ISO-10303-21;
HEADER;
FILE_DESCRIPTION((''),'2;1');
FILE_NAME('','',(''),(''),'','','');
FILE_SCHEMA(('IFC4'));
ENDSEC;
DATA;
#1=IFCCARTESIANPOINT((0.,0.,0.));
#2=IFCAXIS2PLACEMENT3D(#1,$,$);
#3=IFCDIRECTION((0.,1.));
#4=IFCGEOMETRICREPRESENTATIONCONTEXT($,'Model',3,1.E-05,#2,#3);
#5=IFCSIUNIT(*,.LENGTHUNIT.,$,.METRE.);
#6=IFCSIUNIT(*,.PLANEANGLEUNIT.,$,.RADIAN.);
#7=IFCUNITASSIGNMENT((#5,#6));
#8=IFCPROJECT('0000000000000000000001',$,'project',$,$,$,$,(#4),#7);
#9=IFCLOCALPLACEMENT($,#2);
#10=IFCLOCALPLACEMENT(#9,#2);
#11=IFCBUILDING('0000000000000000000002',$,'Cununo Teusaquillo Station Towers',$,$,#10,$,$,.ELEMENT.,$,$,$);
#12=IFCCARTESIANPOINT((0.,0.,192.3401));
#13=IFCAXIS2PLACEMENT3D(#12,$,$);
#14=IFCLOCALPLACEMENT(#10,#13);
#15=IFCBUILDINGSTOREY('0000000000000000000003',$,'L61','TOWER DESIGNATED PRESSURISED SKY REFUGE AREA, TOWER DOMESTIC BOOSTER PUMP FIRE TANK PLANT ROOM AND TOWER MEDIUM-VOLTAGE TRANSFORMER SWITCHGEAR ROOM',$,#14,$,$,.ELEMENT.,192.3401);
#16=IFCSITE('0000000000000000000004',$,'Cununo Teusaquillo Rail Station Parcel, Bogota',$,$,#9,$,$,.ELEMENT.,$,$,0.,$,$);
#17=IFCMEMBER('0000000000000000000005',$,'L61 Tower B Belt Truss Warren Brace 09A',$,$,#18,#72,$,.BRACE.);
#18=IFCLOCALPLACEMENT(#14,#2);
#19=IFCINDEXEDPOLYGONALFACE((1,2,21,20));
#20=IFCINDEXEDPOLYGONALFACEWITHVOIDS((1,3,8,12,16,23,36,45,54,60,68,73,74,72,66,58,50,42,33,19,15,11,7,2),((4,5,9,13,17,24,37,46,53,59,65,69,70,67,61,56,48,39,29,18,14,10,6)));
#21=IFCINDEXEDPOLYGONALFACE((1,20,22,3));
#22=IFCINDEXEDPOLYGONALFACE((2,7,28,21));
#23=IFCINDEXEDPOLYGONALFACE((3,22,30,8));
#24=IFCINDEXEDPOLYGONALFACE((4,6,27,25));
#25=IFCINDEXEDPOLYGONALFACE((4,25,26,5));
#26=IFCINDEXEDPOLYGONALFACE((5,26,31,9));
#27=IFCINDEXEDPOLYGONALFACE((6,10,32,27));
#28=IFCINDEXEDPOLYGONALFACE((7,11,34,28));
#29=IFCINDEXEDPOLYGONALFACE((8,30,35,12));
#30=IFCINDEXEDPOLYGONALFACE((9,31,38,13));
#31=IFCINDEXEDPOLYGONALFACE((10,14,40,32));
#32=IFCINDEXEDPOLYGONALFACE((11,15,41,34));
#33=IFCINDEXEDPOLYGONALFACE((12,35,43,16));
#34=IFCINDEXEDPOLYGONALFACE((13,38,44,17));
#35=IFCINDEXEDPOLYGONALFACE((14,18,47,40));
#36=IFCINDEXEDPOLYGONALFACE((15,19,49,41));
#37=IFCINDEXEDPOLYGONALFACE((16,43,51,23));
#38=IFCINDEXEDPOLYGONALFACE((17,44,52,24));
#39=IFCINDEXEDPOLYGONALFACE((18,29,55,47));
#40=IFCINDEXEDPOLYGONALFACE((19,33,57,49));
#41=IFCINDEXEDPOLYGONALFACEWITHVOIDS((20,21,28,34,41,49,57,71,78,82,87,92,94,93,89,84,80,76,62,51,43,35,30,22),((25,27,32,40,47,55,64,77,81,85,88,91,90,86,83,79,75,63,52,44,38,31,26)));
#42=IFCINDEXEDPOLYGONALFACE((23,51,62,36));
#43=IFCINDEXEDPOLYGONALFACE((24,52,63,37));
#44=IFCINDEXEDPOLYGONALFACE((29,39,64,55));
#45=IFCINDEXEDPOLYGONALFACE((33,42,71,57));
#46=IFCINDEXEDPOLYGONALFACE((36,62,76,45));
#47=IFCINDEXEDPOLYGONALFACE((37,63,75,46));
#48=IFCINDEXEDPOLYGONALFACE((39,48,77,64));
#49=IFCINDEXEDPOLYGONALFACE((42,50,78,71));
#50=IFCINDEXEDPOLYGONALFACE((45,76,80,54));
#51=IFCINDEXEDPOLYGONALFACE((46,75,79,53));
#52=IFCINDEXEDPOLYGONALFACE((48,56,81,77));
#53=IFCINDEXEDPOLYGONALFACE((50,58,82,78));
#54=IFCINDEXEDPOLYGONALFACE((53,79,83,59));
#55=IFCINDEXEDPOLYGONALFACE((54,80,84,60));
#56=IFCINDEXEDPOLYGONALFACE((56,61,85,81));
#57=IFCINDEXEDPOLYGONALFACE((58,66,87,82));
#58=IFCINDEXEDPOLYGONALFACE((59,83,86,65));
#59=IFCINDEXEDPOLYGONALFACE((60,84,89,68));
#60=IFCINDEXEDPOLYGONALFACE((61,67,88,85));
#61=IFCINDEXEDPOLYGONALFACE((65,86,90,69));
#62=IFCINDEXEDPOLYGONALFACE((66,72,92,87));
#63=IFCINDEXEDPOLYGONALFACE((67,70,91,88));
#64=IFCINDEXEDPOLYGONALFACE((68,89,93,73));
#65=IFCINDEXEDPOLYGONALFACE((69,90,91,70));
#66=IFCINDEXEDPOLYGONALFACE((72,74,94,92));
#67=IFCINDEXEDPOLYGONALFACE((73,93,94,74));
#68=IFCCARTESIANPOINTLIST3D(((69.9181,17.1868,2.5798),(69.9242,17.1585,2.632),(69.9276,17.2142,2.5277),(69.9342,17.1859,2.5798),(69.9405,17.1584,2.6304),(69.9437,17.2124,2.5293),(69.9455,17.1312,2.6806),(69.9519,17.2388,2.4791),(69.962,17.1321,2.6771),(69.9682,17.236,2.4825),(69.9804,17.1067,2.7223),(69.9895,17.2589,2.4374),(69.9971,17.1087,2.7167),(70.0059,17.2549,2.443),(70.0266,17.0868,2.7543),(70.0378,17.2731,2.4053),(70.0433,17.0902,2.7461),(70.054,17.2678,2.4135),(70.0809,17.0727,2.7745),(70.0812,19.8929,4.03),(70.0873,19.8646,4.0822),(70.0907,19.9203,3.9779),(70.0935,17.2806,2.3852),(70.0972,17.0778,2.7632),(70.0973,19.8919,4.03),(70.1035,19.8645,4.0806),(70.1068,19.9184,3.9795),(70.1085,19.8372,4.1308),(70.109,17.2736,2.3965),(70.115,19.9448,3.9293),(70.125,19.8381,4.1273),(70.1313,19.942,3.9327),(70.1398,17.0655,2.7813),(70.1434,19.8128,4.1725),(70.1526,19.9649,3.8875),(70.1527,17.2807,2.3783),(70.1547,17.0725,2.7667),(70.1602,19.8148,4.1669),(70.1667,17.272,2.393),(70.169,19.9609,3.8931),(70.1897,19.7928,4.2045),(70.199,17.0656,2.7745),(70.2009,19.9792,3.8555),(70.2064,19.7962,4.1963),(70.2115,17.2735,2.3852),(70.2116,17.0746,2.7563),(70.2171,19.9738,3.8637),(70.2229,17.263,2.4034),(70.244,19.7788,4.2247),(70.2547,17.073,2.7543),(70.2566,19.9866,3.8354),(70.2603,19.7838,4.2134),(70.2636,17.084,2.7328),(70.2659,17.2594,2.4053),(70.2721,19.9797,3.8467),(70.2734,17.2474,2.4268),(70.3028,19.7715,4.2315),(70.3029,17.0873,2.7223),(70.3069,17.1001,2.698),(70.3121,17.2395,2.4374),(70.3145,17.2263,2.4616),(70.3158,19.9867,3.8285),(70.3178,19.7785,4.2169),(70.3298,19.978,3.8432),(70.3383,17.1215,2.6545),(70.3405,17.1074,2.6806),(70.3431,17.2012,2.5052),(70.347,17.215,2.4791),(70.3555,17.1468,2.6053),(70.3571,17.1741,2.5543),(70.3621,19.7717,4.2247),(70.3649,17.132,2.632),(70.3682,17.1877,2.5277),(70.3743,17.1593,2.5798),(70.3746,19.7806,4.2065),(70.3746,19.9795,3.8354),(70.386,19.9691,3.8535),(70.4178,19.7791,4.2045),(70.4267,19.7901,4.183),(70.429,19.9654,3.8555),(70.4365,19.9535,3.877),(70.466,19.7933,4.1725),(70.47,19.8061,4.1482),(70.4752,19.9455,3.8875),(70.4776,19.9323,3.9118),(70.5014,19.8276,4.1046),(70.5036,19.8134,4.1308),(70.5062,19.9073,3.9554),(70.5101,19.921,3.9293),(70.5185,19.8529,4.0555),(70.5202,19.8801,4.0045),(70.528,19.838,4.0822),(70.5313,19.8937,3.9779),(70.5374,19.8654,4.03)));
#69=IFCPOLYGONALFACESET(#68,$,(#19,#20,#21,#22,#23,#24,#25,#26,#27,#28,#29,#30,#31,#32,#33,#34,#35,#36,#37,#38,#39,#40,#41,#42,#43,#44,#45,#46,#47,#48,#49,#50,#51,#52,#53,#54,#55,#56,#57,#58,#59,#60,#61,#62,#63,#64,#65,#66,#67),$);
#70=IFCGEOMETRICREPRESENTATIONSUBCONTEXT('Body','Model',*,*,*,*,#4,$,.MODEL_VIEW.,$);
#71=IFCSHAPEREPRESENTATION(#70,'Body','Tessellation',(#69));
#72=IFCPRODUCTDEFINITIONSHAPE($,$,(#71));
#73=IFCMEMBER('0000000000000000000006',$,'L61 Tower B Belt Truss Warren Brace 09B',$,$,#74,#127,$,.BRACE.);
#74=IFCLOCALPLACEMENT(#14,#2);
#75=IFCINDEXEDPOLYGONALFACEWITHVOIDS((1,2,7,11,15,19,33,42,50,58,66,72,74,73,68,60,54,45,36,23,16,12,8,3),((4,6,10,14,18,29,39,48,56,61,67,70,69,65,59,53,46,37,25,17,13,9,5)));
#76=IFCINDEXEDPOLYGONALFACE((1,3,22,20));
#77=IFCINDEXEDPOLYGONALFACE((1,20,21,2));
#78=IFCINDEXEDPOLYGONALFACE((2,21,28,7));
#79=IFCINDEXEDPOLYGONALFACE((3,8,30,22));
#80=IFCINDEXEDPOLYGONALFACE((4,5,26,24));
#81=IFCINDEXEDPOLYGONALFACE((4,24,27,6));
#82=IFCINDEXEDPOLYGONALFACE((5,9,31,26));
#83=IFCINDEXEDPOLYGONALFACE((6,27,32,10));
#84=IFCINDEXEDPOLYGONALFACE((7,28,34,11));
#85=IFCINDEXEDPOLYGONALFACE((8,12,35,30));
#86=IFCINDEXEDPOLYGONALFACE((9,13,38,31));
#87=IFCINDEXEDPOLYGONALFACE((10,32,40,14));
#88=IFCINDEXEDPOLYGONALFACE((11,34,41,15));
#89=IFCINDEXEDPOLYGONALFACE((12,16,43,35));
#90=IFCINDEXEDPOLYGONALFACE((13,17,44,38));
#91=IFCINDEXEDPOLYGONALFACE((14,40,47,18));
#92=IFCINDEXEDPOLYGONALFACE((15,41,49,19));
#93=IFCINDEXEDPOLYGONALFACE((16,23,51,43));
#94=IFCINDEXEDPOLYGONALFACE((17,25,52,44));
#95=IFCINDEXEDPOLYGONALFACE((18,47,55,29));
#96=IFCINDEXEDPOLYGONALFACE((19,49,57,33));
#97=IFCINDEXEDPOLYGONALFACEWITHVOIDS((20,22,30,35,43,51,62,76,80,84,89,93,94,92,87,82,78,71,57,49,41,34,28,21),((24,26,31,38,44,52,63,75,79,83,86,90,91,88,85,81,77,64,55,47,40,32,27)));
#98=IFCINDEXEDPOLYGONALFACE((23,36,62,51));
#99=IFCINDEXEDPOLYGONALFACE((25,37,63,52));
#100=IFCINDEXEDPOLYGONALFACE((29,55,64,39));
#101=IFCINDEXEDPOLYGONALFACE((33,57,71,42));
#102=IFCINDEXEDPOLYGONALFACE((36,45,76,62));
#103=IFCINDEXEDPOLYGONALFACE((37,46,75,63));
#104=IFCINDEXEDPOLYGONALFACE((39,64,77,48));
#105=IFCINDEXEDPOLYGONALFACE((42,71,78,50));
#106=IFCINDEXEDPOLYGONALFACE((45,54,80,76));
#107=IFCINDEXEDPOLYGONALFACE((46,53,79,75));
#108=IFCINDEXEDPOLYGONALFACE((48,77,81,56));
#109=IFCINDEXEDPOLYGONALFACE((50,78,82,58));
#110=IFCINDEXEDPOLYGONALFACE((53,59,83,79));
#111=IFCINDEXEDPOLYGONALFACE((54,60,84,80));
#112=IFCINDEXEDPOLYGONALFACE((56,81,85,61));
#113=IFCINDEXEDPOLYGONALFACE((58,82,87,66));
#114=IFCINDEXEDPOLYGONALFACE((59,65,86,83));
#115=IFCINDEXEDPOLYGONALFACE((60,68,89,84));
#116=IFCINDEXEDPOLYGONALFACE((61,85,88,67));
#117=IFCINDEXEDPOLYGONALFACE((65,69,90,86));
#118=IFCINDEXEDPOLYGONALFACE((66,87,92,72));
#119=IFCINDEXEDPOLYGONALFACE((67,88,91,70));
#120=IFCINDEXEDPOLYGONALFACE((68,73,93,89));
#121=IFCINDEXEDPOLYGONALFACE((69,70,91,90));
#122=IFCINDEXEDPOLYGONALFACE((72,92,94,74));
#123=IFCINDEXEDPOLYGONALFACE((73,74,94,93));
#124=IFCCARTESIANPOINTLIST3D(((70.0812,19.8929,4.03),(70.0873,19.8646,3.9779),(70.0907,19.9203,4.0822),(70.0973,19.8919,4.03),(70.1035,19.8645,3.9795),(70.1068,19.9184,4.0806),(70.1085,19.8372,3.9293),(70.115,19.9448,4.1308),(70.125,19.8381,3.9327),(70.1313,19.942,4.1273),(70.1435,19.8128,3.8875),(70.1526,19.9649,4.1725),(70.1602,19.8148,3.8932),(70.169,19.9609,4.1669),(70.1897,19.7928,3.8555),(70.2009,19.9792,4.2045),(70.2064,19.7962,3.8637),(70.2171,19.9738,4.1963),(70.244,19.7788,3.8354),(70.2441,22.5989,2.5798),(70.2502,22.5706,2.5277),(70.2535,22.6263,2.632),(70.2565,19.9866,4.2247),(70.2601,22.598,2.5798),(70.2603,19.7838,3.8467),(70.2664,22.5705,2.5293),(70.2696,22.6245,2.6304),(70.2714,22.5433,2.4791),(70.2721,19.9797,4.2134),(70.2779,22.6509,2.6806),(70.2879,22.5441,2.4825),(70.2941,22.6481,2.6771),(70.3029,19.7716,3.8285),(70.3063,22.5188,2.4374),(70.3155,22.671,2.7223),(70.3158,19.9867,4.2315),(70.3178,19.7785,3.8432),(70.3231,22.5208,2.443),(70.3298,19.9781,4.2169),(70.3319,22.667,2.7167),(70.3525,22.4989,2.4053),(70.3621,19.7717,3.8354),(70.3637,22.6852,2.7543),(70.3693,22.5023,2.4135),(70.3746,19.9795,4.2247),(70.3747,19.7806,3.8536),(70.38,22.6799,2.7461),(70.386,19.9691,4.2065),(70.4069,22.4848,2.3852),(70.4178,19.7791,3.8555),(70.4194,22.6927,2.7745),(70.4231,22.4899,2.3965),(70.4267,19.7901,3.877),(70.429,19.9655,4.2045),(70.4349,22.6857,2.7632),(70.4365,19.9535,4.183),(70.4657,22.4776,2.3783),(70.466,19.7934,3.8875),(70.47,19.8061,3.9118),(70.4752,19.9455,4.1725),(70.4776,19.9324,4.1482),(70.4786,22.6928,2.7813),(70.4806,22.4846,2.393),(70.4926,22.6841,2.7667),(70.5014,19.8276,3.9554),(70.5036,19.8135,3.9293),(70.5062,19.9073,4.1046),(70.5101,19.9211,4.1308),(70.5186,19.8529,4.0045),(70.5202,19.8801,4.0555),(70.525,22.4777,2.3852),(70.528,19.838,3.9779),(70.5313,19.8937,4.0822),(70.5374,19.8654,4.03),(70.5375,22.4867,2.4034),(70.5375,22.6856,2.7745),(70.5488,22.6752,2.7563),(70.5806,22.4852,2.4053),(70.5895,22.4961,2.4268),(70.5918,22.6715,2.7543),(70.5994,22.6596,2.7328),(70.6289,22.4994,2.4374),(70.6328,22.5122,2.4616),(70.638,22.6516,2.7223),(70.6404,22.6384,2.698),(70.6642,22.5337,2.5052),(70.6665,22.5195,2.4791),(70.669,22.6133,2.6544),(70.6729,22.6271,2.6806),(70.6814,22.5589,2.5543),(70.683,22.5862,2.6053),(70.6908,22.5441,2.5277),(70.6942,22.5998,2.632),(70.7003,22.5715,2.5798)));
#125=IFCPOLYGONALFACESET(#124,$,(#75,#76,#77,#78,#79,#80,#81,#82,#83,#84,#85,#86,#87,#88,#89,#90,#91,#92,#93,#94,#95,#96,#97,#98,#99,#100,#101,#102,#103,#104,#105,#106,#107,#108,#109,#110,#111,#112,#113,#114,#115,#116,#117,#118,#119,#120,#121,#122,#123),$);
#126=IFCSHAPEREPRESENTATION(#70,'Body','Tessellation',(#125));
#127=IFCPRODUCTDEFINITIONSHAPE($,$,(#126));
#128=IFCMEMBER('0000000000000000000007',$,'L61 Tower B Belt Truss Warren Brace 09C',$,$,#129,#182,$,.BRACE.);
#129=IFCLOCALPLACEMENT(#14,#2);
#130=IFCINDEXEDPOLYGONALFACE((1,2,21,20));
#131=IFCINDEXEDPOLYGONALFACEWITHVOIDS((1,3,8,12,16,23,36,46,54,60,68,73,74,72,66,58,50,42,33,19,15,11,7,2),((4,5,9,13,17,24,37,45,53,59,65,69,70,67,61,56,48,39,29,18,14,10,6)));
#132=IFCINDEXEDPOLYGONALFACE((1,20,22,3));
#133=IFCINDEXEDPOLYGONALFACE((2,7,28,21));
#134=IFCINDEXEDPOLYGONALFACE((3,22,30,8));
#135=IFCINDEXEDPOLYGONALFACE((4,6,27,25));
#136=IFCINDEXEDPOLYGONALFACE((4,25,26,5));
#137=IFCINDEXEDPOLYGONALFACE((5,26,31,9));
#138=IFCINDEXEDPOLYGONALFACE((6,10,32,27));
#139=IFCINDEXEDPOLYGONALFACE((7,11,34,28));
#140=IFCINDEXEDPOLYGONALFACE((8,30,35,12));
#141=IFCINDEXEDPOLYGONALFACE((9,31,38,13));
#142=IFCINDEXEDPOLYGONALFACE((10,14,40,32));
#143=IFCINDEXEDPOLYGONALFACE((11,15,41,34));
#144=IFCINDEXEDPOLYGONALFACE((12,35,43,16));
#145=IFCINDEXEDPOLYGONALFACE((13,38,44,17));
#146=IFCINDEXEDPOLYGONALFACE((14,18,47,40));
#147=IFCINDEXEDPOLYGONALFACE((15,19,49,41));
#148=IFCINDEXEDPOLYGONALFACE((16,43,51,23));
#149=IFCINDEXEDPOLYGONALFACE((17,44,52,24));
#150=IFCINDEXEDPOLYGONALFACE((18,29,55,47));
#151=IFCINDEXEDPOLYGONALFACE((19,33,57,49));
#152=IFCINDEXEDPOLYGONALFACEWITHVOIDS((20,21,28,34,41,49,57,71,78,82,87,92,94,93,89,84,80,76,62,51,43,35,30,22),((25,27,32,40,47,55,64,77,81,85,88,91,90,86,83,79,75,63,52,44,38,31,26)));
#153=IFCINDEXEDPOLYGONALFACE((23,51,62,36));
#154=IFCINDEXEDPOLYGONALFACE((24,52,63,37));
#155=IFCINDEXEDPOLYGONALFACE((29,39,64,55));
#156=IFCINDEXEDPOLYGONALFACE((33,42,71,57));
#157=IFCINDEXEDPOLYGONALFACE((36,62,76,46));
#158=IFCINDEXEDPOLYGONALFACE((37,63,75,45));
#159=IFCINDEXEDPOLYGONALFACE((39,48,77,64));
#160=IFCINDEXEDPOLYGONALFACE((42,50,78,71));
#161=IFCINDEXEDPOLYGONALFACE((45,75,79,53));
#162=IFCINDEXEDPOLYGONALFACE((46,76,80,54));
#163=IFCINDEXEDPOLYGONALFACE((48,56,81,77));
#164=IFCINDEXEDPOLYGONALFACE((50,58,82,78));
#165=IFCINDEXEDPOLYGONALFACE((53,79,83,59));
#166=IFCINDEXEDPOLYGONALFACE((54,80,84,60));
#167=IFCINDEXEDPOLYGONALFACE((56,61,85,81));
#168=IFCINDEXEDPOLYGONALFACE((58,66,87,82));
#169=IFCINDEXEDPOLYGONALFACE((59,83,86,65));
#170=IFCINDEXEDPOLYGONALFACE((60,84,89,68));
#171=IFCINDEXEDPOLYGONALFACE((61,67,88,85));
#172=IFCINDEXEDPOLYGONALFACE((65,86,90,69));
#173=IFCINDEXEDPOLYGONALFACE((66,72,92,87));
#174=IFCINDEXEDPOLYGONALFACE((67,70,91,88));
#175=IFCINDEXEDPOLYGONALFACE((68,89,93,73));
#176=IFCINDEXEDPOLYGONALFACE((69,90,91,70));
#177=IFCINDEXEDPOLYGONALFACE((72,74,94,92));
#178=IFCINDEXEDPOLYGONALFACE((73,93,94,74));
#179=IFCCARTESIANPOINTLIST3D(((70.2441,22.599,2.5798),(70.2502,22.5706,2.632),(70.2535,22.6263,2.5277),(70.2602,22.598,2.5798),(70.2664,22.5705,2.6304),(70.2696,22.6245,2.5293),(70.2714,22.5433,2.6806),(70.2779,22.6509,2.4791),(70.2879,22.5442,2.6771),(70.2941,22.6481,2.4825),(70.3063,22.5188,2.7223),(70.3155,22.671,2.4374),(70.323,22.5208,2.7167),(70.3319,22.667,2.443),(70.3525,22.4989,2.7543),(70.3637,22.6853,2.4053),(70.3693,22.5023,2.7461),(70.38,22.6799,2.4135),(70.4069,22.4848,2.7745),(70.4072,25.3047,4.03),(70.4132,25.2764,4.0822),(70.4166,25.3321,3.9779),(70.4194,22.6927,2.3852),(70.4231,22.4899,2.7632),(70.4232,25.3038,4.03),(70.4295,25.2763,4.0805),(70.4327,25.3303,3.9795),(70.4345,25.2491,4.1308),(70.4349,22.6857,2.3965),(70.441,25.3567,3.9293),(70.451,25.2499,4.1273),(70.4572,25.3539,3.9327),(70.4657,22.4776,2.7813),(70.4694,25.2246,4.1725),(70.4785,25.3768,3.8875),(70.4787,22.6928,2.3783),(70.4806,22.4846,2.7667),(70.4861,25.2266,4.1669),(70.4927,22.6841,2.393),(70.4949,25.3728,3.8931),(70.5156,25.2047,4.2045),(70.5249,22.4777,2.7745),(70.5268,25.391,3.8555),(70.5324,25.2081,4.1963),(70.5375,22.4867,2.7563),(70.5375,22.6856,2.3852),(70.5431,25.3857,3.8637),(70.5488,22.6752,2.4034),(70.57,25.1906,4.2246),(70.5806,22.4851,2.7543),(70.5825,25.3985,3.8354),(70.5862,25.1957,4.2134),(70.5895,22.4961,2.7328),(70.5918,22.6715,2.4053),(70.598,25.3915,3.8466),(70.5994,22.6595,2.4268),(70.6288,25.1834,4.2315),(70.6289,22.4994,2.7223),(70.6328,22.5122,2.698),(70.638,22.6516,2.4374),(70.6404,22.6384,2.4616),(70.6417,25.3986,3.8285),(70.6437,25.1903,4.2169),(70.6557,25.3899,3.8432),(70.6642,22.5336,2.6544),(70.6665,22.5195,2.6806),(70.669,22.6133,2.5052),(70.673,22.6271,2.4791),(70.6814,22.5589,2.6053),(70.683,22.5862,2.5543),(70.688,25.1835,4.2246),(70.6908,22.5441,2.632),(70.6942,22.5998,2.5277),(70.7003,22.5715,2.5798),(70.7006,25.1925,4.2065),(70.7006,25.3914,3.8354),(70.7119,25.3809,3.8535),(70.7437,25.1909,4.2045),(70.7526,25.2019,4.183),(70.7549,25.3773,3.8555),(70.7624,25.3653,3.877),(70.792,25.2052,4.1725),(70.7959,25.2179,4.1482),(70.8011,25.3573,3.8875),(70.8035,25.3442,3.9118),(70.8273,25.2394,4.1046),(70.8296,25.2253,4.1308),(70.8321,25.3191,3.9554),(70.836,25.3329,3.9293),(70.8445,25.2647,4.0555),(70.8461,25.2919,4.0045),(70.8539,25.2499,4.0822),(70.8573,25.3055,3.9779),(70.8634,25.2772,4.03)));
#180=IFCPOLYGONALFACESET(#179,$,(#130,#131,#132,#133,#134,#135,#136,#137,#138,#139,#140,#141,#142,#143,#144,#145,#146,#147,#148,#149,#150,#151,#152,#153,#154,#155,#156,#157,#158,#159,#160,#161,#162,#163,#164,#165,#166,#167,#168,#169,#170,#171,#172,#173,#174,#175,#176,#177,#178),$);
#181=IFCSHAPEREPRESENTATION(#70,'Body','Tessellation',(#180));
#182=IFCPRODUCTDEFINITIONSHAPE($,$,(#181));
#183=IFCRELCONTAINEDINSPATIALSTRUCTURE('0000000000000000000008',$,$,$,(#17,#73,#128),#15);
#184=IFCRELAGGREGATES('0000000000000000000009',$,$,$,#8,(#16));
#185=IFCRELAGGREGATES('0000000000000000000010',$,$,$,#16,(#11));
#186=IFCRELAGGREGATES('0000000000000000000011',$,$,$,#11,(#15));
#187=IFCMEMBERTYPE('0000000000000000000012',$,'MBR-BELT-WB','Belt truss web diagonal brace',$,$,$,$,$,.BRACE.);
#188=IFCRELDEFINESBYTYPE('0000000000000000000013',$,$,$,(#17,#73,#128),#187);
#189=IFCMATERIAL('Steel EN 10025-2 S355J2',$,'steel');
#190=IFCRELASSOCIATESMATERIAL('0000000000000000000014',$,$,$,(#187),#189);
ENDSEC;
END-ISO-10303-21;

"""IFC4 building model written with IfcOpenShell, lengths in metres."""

from ifc_helpers import new_model, si_unit, direction, frame, origin, origin_2d, place, context, subcontext, project, spatial, hollow_circle, extrude, material, material_profile, profile_set, type_object, element, save


model = new_model("IFC4")

# Units and contexts
model_context = context("Model", 3, precision=1e-05, world=origin(), true_north=direction((0.0, 1.0)))
body_context = subcontext(model_context, "Body", "Model", "MODEL_VIEW")
ifc_project = project(units=[si_unit("LENGTHUNIT", "METRE"), si_unit("PLANEANGLEUNIT", "RADIAN")], contexts=[model_context])

# Site, building, storey
site_placement = place(None, origin())
site = spatial("IfcSite", under=ifc_project, at=site_placement, Name="Cununo Teusaquillo Rail Station Parcel, Bogota", CompositionType="ELEMENT", RefElevation=0.0)
building_placement = place(site_placement, origin())
building = spatial("IfcBuilding", under=site, at=building_placement, Name="Cununo Teusaquillo Station Towers", CompositionType="ELEMENT")
storey_placement = place(building_placement, frame((0.0, 0.0, 192.3401)))
storey = spatial("IfcBuildingStorey", under=building, at=storey_placement, Name="L61", Description="TOWER DESIGNATED PRESSURISED SKY REFUGE AREA, TOWER DOMESTIC BOOSTER PUMP FIRE TANK PLANT ROOM AND TOWER MEDIUM-VOLTAGE TRANSFORMER SWITCHGEAR ROOM", CompositionType="ELEMENT", Elevation=192.3401)

# Members
ifc_material_1 = material(Name="Steel EN 10025-2 S355J2", Category="steel")
ifc_material_profile_1 = material_profile(ifc_material_1, hollow_circle(Radius=0.2285, WallThickness=0.0161, at=origin_2d()), Name="CHS 457x16")
ifc_profile_set_1 = profile_set([ifc_material_profile_1], Name="Steel EN 10025-2 S355J2")
member_type_1 = type_object("IfcMemberType", Name="MBR-BELT-WB", Description="Belt truss web diagonal brace", PredefinedType="BRACE", material=ifc_profile_set_1)
for number, where, z_axis, x_axis, name in (
    (1, (70.1462, 17.1731, 2.5798), (0.053045, 0.880168, 0.471689), (-0.998189, 0.060158, 0.0), "L61 Tower B Belt Truss Warren Brace 09A"),
    (2, (70.3093, 19.8792, 4.03), (0.052966, 0.880172, -0.471691), (-0.998194, 0.060068, 0.0), "L61 Tower B Belt Truss Warren Brace 09B"),
):
    element("IfcMember", number, at=place(storey_placement, frame(where, z_axis=z_axis, x_axis=x_axis)), inside=storey, type_object=member_type_1, Name=name, PredefinedType="BRACE", context=body_context, shape_type="SweptSolid", body=[
        extrude(hollow_circle(Radius=0.2285, WallThickness=0.0161, at=origin_2d()), origin(), (0.0, 0.0, 1.0), 3.0745),
    ])
member_1_placement = place(storey_placement, frame((70.4722, 22.5852, 2.5798), z_axis=(0.053049, 0.88015, 0.471722), x_axis=(-0.998189, 0.060163, 0.0)))
element("IfcMember", 3, at=member_1_placement, inside=storey, type_object=member_type_1, Name="L61 Tower B Belt Truss Warren Brace 09C", PredefinedType="BRACE", context=body_context, shape_type="SweptSolid", body=[
    extrude(hollow_circle(Radius=0.2285, WallThickness=0.0161, at=origin_2d()), origin(), (0.0, 0.0, 1.0), 3.0742),
])

save(model, "model.ifc")
